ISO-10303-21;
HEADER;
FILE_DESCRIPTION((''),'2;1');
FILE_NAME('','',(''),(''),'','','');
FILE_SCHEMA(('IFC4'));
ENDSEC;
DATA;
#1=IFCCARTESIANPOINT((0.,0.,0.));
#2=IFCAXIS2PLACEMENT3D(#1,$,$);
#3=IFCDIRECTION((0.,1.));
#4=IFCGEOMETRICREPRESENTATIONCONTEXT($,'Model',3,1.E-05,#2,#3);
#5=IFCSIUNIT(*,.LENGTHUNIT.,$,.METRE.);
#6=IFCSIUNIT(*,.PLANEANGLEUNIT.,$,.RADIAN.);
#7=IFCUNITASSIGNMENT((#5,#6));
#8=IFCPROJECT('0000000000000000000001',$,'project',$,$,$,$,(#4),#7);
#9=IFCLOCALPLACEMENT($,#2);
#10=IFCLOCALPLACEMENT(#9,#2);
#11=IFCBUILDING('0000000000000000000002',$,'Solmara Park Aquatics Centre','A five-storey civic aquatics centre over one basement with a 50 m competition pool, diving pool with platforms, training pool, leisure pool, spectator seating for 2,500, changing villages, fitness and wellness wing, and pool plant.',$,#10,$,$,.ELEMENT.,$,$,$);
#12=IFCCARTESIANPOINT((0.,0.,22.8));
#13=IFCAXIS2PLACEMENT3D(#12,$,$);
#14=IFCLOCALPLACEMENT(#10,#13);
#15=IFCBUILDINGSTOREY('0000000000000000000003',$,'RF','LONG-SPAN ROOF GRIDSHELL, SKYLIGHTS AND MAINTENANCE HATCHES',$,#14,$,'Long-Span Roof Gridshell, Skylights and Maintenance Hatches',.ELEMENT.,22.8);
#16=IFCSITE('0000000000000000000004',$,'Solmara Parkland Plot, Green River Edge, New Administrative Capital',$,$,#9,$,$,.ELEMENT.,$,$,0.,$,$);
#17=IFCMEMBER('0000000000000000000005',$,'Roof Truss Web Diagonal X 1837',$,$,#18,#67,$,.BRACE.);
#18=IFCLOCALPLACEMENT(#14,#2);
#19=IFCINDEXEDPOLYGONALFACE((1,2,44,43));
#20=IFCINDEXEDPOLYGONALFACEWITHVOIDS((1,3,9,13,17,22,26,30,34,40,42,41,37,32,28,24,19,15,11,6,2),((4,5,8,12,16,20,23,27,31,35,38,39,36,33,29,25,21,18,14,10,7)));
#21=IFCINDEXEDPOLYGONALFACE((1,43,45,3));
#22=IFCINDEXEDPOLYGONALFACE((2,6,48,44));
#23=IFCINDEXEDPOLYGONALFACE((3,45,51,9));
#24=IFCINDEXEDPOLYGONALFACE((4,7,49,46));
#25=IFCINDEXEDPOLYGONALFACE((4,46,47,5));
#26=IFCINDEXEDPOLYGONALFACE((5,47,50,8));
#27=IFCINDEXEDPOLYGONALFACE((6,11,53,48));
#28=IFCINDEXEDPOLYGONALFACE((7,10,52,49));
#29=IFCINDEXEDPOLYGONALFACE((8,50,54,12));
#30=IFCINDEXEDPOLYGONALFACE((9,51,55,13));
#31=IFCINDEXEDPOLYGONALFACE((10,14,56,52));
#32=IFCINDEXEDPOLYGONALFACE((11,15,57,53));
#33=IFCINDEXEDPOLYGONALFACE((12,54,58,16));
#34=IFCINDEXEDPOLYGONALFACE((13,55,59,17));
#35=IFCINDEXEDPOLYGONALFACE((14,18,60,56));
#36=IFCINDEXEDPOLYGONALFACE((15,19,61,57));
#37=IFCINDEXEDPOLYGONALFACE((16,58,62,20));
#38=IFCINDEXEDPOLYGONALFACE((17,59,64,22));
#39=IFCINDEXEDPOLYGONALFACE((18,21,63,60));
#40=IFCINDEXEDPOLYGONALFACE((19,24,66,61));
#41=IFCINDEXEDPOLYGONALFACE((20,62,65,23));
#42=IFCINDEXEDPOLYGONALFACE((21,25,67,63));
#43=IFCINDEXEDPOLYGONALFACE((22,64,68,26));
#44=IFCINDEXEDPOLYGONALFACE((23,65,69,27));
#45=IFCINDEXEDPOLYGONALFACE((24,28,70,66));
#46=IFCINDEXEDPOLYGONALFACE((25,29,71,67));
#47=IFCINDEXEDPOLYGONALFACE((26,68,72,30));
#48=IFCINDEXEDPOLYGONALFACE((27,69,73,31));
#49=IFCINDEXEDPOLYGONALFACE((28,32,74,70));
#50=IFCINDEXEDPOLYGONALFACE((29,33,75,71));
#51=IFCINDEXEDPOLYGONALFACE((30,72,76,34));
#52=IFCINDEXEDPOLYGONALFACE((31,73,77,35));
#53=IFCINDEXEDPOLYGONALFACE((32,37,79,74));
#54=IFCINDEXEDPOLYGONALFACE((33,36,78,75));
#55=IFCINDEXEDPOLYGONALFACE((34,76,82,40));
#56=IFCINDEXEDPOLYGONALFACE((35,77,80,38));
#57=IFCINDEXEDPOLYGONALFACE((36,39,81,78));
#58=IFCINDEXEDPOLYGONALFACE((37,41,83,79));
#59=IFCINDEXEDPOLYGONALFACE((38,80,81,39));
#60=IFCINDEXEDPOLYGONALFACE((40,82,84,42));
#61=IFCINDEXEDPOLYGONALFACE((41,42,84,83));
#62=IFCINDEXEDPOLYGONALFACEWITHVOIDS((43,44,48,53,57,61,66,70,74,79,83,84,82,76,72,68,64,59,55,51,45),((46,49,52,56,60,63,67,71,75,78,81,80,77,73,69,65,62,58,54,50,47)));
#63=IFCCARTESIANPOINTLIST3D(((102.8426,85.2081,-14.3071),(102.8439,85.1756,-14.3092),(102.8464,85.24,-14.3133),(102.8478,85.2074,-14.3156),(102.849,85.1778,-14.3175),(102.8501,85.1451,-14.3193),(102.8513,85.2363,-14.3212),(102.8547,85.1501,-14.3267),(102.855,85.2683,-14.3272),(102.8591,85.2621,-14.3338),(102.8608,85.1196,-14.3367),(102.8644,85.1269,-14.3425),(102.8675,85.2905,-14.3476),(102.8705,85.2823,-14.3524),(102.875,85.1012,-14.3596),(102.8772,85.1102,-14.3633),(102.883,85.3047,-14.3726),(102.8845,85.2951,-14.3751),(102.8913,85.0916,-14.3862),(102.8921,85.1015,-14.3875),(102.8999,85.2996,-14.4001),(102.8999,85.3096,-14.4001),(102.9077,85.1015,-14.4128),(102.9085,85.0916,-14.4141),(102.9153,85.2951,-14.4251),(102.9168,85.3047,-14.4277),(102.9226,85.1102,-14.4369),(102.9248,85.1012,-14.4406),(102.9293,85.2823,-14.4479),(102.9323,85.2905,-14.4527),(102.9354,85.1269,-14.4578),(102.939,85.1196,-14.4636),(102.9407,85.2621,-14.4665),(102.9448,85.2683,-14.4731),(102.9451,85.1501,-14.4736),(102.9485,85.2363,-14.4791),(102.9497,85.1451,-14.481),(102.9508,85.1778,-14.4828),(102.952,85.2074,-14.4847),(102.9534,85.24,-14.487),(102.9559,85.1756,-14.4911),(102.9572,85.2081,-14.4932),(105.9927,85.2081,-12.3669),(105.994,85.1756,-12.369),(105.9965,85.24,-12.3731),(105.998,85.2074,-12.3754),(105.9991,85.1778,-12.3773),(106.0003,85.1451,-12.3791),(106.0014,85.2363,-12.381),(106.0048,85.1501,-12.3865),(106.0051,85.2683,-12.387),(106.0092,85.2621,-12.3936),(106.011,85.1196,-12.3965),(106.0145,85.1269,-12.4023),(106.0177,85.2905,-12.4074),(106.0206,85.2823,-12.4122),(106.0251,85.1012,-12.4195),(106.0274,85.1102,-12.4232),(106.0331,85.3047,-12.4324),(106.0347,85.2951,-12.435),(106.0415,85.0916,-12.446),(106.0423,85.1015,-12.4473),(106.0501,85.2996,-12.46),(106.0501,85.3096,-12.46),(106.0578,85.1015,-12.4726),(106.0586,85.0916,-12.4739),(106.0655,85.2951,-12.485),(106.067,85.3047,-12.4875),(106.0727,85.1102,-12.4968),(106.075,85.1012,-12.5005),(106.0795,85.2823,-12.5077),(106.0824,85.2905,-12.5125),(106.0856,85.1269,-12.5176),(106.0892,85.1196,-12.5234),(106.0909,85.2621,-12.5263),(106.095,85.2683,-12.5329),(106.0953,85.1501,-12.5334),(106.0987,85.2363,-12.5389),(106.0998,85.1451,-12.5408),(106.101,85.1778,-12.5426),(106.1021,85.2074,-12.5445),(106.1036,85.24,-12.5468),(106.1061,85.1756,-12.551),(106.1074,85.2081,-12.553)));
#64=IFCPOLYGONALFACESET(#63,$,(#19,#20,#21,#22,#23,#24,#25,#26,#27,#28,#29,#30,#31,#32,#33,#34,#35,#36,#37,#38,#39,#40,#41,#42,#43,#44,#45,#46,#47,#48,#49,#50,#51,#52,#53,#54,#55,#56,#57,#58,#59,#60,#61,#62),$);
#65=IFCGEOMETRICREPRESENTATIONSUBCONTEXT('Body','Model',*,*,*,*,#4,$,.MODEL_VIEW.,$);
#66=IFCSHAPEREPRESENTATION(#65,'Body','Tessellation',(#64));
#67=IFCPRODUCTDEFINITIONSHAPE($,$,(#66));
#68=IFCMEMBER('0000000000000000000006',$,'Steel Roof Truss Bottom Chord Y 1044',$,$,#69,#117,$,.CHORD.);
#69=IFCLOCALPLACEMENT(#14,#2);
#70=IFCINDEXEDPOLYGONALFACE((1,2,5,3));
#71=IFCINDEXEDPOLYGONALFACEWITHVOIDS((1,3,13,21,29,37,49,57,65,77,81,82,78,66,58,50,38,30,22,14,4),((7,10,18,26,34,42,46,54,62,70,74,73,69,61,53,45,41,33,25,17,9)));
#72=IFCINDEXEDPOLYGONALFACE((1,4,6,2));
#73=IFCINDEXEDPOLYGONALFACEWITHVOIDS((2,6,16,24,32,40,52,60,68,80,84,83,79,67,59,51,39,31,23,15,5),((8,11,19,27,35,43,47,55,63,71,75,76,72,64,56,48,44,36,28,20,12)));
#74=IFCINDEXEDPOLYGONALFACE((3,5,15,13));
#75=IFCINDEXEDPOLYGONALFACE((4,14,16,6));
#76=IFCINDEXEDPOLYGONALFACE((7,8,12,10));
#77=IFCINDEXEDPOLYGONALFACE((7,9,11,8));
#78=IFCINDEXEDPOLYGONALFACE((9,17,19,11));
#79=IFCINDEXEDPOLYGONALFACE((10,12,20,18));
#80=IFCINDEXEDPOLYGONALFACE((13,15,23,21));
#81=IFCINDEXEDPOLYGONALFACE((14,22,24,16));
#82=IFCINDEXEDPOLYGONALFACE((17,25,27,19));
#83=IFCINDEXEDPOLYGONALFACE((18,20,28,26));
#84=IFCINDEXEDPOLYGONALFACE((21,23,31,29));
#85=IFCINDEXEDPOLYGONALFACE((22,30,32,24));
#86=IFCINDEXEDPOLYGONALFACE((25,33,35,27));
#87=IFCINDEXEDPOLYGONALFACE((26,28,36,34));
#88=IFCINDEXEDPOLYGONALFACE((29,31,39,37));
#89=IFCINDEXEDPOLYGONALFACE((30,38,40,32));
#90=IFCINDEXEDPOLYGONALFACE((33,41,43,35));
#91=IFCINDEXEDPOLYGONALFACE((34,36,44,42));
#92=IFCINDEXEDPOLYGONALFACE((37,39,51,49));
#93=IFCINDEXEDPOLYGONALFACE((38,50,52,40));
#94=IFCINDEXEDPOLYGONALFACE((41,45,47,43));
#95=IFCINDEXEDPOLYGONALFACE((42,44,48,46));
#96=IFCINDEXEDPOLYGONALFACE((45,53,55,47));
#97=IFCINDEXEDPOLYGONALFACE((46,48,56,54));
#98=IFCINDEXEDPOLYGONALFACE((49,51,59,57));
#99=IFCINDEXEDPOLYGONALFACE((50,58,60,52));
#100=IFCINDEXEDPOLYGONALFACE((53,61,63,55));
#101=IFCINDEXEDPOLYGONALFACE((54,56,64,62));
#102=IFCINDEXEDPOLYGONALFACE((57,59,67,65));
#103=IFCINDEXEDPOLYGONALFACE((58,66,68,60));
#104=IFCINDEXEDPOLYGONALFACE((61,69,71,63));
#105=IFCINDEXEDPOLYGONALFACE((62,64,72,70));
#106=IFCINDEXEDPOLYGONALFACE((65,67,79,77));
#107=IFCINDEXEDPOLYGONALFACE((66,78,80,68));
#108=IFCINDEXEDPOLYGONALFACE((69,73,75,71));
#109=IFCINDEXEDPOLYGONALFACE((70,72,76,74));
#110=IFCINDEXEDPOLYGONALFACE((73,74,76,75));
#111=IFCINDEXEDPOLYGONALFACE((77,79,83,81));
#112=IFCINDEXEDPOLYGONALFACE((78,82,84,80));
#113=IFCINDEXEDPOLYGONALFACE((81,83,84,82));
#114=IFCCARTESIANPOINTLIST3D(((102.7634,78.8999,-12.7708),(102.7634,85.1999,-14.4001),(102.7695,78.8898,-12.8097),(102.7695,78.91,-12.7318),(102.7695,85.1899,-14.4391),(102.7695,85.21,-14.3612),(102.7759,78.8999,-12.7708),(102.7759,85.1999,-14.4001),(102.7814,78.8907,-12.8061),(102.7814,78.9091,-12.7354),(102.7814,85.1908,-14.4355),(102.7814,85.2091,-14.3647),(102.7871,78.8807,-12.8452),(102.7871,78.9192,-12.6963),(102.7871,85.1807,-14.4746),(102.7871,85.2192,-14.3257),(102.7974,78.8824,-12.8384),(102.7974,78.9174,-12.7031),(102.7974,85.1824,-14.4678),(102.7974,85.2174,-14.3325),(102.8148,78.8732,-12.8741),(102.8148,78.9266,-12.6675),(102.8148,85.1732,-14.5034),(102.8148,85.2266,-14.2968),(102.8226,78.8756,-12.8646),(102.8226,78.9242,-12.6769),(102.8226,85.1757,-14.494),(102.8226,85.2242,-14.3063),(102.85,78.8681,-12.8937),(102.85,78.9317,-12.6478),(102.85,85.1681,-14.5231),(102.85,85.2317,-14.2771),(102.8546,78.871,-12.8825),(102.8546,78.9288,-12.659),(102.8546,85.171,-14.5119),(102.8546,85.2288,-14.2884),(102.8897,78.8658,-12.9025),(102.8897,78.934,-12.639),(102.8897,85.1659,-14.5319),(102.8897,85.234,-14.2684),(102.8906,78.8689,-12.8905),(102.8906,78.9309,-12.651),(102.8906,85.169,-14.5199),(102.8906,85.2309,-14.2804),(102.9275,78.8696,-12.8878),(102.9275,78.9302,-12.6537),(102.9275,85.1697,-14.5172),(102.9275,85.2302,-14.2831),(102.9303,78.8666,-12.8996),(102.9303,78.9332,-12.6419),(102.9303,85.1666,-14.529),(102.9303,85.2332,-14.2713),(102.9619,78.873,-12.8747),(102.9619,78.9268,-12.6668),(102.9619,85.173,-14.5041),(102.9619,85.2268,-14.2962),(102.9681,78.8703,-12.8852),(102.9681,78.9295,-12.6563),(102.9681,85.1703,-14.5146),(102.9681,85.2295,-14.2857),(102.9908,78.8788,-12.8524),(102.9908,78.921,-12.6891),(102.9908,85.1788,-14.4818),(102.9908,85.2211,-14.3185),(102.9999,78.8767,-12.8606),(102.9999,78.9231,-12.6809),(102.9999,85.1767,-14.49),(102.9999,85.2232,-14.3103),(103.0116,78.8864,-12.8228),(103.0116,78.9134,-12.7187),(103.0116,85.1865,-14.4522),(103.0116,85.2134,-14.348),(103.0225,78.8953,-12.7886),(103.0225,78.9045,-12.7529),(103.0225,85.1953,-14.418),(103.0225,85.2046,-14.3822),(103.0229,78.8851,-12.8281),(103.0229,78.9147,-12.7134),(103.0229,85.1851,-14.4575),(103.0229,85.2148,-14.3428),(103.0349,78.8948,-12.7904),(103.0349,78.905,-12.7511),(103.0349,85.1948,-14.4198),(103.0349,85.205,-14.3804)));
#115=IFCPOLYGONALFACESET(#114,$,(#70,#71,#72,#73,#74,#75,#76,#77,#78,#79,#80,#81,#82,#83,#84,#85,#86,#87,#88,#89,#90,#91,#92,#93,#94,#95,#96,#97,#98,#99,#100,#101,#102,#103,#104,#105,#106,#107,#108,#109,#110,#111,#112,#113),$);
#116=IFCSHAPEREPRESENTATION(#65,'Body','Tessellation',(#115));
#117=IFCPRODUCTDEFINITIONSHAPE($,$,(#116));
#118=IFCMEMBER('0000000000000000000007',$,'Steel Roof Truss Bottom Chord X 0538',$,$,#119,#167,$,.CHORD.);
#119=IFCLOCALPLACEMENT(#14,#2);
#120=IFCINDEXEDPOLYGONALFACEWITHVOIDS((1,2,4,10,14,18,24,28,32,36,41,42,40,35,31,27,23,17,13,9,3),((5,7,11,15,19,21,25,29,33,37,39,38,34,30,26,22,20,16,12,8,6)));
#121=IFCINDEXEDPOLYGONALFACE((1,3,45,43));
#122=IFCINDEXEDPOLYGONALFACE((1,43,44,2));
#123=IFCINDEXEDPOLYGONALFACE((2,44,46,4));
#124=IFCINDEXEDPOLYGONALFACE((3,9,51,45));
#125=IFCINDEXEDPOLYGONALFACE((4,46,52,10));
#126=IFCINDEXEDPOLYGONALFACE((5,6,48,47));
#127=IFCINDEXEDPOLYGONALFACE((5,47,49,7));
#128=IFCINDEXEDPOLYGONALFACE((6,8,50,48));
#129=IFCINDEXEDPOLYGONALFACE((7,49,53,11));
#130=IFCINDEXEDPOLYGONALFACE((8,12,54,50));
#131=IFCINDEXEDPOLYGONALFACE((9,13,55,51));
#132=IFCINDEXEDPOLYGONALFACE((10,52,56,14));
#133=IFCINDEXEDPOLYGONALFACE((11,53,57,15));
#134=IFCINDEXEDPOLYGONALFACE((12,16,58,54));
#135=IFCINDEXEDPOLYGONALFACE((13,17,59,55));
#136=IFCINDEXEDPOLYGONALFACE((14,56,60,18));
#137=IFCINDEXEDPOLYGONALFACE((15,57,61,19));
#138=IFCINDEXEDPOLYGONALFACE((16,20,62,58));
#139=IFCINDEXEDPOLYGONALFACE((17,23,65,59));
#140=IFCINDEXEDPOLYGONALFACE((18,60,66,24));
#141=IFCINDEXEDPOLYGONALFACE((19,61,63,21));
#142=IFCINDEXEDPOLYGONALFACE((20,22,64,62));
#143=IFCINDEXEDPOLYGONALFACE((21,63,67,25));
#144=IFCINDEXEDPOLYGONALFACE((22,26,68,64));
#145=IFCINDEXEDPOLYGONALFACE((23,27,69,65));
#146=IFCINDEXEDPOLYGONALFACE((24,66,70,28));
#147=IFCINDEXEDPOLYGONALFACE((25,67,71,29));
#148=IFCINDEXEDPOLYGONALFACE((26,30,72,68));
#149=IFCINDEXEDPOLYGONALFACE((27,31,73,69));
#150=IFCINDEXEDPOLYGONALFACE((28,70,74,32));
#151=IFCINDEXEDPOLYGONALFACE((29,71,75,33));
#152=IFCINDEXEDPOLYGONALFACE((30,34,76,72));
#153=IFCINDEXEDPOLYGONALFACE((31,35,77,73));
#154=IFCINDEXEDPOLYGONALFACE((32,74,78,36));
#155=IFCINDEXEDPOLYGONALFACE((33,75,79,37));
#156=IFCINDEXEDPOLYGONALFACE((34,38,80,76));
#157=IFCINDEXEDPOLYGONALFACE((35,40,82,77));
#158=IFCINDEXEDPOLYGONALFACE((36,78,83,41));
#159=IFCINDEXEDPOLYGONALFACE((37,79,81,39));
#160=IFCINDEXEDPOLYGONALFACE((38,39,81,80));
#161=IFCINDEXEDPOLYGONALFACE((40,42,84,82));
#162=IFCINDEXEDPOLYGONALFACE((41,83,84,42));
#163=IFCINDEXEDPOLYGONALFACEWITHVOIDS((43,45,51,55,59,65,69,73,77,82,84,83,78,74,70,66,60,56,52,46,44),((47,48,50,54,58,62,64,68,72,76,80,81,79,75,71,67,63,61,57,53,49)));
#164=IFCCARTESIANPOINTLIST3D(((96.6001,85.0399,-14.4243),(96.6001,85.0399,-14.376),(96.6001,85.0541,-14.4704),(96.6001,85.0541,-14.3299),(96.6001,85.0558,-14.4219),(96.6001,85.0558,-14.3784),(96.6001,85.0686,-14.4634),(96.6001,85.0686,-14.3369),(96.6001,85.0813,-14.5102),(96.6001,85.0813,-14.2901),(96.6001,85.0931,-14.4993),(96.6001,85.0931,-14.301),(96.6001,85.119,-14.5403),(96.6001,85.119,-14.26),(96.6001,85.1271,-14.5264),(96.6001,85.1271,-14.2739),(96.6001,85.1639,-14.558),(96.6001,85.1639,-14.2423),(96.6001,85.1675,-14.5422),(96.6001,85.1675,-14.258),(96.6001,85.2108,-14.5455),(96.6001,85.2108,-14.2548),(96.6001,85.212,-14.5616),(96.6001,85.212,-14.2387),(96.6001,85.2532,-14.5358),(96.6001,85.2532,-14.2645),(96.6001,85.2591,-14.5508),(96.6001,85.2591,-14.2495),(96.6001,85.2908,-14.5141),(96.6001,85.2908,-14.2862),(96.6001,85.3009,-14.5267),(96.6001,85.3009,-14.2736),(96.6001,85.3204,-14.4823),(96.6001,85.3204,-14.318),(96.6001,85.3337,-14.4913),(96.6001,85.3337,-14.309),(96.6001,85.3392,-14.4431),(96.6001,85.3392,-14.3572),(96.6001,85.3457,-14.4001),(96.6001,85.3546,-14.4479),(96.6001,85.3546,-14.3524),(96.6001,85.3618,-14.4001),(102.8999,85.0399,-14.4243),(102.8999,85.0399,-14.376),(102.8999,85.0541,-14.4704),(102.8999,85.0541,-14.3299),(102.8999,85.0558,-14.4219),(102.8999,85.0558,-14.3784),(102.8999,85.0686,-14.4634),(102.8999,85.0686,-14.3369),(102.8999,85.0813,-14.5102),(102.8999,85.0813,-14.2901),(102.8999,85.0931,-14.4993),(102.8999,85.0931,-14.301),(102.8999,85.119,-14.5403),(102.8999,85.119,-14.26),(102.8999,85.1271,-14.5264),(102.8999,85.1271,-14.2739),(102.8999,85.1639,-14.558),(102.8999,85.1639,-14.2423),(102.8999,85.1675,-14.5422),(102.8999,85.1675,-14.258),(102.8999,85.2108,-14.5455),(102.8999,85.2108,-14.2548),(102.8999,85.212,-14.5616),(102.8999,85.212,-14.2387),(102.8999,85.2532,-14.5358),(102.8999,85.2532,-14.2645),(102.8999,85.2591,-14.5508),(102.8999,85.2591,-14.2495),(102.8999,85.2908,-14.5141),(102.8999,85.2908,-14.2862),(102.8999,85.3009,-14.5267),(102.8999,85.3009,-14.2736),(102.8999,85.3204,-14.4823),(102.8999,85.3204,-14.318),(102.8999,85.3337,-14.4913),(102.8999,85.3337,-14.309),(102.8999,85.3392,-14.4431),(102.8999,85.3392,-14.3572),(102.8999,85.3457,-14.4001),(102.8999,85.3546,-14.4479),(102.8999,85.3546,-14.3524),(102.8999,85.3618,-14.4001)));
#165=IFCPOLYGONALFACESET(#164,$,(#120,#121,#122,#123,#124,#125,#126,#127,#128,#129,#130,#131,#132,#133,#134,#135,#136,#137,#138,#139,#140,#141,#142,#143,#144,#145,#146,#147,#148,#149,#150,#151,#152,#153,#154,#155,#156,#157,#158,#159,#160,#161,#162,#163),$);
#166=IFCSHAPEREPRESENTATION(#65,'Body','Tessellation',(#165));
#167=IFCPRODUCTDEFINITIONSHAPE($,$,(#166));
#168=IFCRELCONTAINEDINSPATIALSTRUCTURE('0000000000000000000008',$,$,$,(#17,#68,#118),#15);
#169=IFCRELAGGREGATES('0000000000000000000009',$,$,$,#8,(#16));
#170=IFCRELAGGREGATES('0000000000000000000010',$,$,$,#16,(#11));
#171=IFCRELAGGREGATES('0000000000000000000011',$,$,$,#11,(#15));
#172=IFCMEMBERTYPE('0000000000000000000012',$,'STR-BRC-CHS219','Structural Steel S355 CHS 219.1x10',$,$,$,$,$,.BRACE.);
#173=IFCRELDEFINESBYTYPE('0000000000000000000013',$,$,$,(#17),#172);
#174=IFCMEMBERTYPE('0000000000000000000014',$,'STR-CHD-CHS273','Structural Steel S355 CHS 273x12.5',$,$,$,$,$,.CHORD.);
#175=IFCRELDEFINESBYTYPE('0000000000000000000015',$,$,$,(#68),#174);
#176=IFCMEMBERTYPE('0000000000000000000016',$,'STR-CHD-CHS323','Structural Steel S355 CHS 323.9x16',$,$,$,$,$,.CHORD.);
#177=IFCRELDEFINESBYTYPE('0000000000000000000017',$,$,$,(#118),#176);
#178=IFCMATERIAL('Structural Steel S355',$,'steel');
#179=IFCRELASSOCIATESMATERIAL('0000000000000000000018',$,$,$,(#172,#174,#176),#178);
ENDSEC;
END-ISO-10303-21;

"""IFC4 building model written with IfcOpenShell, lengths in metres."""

from ifc_helpers import new_model, si_unit, direction, frame, origin, origin_2d, place, context, subcontext, project, spatial, hollow_circle, extrude, material, material_profile, profile_set, type_object, element, save


model = new_model("IFC4")

# Units and contexts
model_context = context("Model", 3, precision=1e-05, world=origin(), true_north=direction((0.0, 1.0)))
body_context = subcontext(model_context, "Body", "Model", "MODEL_VIEW")
ifc_project = project(units=[si_unit("LENGTHUNIT", "METRE"), si_unit("PLANEANGLEUNIT", "RADIAN")], contexts=[model_context])

# Site, building, storey
site_placement = place(None, origin())
site = spatial("IfcSite", under=ifc_project, at=site_placement, Name="Solmara Parkland Plot, Green River Edge, New Administrative Capital", CompositionType="ELEMENT", RefElevation=0.0)
building_placement = place(site_placement, origin())
building = spatial("IfcBuilding", under=site, at=building_placement, Name="Solmara Park Aquatics Centre", Description="A five-storey civic aquatics centre over one basement with a 50 m competition pool, diving pool with platforms, training pool, leisure pool, spectator seating for 2,500, changing villages, fitness and wellness wing, and pool plant.", CompositionType="ELEMENT")
storey_placement = place(building_placement, frame((0.0, 0.0, 22.8)))
storey = spatial("IfcBuildingStorey", under=building, at=storey_placement, Name="RF", Description="LONG-SPAN ROOF GRIDSHELL, SKYLIGHTS AND MAINTENANCE HATCHES", LongName="Long-Span Roof Gridshell, Skylights and Maintenance Hatches", CompositionType="ELEMENT", Elevation=22.8)

# Shared definitions
ifc_material_1 = material(Name="Structural Steel S355", Category="steel")

# Members
ifc_material_profile_1 = material_profile(ifc_material_1, hollow_circle(Radius=0.1096, WallThickness=0.01, at=origin_2d()), Name="CHS 219.1x10")
ifc_profile_set_1 = profile_set([ifc_material_profile_1], Name="Structural Steel S355")
member_type_1 = type_object("IfcMemberType", Name="STR-BRC-CHS219", Description="Structural Steel S355 CHS 219.1x10", PredefinedType="BRACE", material=ifc_profile_set_1)
member_1_placement = place(storey_placement, frame((102.8999, 85.2, -14.4001), z_axis=(0.851461, 0.0, 0.524418), x_axis=(0.0, 1.0, 0.0)))
element("IfcMember", 1, at=member_1_placement, inside=storey, type_object=member_type_1, Name="Roof Truss Web Diagonal X 1837", PredefinedType="BRACE", context=body_context, shape_type="SweptSolid", body=[
    extrude(hollow_circle(Radius=0.1096, WallThickness=0.01, at=origin_2d()), origin(), (0.0, 0.0, 1.0), 3.6997),
])
ifc_material_profile_2 = material_profile(ifc_material_1, hollow_circle(Radius=0.1365, WallThickness=0.0125, at=origin_2d()), Name="CHS 273x12.5")
ifc_profile_set_2 = profile_set([ifc_material_profile_2], Name="Structural Steel S355")
member_type_2 = type_object("IfcMemberType", Name="STR-CHD-CHS273", Description="Structural Steel S355 CHS 273x12.5", PredefinedType="CHORD", material=ifc_profile_set_2)
member_2_placement = place(storey_placement, frame((102.8999, 78.8999, -12.7708), z_axis=(0.0, 0.968144, -0.250393), x_axis=(-1.0, 0.0, 0.0)))
element("IfcMember", 2, at=member_2_placement, inside=storey, type_object=member_type_2, Name="Steel Roof Truss Bottom Chord Y 1044", PredefinedType="CHORD", context=body_context, shape_type="SweptSolid", body=[
    extrude(hollow_circle(Radius=0.1365, WallThickness=0.0125, at=origin_2d()), origin(), (0.0, 0.0, 1.0), 6.5073),
])
ifc_material_profile_3 = material_profile(ifc_material_1, hollow_circle(Radius=0.1619, WallThickness=0.0161, at=origin_2d()), Name="CHS 323.9x16")
ifc_profile_set_3 = profile_set([ifc_material_profile_3], Name="Structural Steel S355")
member_type_3 = type_object("IfcMemberType", Name="STR-CHD-CHS323", Description="Structural Steel S355 CHS 323.9x16", PredefinedType="CHORD", material=ifc_profile_set_3)
member_3_placement = place(storey_placement, frame((96.6001, 85.2, -14.4001), z_axis=(1.0, 0.0, 0.0), x_axis=(0.0, 1.0, 0.0)))
element("IfcMember", 3, at=member_3_placement, inside=storey, type_object=member_type_3, Name="Steel Roof Truss Bottom Chord X 0538", PredefinedType="CHORD", context=body_context, shape_type="SweptSolid", body=[
    extrude(hollow_circle(Radius=0.1619, WallThickness=0.0161, at=origin_2d()), origin(), (0.0, 0.0, 1.0), 6.2998),
])

save(model, "model.ifc")
